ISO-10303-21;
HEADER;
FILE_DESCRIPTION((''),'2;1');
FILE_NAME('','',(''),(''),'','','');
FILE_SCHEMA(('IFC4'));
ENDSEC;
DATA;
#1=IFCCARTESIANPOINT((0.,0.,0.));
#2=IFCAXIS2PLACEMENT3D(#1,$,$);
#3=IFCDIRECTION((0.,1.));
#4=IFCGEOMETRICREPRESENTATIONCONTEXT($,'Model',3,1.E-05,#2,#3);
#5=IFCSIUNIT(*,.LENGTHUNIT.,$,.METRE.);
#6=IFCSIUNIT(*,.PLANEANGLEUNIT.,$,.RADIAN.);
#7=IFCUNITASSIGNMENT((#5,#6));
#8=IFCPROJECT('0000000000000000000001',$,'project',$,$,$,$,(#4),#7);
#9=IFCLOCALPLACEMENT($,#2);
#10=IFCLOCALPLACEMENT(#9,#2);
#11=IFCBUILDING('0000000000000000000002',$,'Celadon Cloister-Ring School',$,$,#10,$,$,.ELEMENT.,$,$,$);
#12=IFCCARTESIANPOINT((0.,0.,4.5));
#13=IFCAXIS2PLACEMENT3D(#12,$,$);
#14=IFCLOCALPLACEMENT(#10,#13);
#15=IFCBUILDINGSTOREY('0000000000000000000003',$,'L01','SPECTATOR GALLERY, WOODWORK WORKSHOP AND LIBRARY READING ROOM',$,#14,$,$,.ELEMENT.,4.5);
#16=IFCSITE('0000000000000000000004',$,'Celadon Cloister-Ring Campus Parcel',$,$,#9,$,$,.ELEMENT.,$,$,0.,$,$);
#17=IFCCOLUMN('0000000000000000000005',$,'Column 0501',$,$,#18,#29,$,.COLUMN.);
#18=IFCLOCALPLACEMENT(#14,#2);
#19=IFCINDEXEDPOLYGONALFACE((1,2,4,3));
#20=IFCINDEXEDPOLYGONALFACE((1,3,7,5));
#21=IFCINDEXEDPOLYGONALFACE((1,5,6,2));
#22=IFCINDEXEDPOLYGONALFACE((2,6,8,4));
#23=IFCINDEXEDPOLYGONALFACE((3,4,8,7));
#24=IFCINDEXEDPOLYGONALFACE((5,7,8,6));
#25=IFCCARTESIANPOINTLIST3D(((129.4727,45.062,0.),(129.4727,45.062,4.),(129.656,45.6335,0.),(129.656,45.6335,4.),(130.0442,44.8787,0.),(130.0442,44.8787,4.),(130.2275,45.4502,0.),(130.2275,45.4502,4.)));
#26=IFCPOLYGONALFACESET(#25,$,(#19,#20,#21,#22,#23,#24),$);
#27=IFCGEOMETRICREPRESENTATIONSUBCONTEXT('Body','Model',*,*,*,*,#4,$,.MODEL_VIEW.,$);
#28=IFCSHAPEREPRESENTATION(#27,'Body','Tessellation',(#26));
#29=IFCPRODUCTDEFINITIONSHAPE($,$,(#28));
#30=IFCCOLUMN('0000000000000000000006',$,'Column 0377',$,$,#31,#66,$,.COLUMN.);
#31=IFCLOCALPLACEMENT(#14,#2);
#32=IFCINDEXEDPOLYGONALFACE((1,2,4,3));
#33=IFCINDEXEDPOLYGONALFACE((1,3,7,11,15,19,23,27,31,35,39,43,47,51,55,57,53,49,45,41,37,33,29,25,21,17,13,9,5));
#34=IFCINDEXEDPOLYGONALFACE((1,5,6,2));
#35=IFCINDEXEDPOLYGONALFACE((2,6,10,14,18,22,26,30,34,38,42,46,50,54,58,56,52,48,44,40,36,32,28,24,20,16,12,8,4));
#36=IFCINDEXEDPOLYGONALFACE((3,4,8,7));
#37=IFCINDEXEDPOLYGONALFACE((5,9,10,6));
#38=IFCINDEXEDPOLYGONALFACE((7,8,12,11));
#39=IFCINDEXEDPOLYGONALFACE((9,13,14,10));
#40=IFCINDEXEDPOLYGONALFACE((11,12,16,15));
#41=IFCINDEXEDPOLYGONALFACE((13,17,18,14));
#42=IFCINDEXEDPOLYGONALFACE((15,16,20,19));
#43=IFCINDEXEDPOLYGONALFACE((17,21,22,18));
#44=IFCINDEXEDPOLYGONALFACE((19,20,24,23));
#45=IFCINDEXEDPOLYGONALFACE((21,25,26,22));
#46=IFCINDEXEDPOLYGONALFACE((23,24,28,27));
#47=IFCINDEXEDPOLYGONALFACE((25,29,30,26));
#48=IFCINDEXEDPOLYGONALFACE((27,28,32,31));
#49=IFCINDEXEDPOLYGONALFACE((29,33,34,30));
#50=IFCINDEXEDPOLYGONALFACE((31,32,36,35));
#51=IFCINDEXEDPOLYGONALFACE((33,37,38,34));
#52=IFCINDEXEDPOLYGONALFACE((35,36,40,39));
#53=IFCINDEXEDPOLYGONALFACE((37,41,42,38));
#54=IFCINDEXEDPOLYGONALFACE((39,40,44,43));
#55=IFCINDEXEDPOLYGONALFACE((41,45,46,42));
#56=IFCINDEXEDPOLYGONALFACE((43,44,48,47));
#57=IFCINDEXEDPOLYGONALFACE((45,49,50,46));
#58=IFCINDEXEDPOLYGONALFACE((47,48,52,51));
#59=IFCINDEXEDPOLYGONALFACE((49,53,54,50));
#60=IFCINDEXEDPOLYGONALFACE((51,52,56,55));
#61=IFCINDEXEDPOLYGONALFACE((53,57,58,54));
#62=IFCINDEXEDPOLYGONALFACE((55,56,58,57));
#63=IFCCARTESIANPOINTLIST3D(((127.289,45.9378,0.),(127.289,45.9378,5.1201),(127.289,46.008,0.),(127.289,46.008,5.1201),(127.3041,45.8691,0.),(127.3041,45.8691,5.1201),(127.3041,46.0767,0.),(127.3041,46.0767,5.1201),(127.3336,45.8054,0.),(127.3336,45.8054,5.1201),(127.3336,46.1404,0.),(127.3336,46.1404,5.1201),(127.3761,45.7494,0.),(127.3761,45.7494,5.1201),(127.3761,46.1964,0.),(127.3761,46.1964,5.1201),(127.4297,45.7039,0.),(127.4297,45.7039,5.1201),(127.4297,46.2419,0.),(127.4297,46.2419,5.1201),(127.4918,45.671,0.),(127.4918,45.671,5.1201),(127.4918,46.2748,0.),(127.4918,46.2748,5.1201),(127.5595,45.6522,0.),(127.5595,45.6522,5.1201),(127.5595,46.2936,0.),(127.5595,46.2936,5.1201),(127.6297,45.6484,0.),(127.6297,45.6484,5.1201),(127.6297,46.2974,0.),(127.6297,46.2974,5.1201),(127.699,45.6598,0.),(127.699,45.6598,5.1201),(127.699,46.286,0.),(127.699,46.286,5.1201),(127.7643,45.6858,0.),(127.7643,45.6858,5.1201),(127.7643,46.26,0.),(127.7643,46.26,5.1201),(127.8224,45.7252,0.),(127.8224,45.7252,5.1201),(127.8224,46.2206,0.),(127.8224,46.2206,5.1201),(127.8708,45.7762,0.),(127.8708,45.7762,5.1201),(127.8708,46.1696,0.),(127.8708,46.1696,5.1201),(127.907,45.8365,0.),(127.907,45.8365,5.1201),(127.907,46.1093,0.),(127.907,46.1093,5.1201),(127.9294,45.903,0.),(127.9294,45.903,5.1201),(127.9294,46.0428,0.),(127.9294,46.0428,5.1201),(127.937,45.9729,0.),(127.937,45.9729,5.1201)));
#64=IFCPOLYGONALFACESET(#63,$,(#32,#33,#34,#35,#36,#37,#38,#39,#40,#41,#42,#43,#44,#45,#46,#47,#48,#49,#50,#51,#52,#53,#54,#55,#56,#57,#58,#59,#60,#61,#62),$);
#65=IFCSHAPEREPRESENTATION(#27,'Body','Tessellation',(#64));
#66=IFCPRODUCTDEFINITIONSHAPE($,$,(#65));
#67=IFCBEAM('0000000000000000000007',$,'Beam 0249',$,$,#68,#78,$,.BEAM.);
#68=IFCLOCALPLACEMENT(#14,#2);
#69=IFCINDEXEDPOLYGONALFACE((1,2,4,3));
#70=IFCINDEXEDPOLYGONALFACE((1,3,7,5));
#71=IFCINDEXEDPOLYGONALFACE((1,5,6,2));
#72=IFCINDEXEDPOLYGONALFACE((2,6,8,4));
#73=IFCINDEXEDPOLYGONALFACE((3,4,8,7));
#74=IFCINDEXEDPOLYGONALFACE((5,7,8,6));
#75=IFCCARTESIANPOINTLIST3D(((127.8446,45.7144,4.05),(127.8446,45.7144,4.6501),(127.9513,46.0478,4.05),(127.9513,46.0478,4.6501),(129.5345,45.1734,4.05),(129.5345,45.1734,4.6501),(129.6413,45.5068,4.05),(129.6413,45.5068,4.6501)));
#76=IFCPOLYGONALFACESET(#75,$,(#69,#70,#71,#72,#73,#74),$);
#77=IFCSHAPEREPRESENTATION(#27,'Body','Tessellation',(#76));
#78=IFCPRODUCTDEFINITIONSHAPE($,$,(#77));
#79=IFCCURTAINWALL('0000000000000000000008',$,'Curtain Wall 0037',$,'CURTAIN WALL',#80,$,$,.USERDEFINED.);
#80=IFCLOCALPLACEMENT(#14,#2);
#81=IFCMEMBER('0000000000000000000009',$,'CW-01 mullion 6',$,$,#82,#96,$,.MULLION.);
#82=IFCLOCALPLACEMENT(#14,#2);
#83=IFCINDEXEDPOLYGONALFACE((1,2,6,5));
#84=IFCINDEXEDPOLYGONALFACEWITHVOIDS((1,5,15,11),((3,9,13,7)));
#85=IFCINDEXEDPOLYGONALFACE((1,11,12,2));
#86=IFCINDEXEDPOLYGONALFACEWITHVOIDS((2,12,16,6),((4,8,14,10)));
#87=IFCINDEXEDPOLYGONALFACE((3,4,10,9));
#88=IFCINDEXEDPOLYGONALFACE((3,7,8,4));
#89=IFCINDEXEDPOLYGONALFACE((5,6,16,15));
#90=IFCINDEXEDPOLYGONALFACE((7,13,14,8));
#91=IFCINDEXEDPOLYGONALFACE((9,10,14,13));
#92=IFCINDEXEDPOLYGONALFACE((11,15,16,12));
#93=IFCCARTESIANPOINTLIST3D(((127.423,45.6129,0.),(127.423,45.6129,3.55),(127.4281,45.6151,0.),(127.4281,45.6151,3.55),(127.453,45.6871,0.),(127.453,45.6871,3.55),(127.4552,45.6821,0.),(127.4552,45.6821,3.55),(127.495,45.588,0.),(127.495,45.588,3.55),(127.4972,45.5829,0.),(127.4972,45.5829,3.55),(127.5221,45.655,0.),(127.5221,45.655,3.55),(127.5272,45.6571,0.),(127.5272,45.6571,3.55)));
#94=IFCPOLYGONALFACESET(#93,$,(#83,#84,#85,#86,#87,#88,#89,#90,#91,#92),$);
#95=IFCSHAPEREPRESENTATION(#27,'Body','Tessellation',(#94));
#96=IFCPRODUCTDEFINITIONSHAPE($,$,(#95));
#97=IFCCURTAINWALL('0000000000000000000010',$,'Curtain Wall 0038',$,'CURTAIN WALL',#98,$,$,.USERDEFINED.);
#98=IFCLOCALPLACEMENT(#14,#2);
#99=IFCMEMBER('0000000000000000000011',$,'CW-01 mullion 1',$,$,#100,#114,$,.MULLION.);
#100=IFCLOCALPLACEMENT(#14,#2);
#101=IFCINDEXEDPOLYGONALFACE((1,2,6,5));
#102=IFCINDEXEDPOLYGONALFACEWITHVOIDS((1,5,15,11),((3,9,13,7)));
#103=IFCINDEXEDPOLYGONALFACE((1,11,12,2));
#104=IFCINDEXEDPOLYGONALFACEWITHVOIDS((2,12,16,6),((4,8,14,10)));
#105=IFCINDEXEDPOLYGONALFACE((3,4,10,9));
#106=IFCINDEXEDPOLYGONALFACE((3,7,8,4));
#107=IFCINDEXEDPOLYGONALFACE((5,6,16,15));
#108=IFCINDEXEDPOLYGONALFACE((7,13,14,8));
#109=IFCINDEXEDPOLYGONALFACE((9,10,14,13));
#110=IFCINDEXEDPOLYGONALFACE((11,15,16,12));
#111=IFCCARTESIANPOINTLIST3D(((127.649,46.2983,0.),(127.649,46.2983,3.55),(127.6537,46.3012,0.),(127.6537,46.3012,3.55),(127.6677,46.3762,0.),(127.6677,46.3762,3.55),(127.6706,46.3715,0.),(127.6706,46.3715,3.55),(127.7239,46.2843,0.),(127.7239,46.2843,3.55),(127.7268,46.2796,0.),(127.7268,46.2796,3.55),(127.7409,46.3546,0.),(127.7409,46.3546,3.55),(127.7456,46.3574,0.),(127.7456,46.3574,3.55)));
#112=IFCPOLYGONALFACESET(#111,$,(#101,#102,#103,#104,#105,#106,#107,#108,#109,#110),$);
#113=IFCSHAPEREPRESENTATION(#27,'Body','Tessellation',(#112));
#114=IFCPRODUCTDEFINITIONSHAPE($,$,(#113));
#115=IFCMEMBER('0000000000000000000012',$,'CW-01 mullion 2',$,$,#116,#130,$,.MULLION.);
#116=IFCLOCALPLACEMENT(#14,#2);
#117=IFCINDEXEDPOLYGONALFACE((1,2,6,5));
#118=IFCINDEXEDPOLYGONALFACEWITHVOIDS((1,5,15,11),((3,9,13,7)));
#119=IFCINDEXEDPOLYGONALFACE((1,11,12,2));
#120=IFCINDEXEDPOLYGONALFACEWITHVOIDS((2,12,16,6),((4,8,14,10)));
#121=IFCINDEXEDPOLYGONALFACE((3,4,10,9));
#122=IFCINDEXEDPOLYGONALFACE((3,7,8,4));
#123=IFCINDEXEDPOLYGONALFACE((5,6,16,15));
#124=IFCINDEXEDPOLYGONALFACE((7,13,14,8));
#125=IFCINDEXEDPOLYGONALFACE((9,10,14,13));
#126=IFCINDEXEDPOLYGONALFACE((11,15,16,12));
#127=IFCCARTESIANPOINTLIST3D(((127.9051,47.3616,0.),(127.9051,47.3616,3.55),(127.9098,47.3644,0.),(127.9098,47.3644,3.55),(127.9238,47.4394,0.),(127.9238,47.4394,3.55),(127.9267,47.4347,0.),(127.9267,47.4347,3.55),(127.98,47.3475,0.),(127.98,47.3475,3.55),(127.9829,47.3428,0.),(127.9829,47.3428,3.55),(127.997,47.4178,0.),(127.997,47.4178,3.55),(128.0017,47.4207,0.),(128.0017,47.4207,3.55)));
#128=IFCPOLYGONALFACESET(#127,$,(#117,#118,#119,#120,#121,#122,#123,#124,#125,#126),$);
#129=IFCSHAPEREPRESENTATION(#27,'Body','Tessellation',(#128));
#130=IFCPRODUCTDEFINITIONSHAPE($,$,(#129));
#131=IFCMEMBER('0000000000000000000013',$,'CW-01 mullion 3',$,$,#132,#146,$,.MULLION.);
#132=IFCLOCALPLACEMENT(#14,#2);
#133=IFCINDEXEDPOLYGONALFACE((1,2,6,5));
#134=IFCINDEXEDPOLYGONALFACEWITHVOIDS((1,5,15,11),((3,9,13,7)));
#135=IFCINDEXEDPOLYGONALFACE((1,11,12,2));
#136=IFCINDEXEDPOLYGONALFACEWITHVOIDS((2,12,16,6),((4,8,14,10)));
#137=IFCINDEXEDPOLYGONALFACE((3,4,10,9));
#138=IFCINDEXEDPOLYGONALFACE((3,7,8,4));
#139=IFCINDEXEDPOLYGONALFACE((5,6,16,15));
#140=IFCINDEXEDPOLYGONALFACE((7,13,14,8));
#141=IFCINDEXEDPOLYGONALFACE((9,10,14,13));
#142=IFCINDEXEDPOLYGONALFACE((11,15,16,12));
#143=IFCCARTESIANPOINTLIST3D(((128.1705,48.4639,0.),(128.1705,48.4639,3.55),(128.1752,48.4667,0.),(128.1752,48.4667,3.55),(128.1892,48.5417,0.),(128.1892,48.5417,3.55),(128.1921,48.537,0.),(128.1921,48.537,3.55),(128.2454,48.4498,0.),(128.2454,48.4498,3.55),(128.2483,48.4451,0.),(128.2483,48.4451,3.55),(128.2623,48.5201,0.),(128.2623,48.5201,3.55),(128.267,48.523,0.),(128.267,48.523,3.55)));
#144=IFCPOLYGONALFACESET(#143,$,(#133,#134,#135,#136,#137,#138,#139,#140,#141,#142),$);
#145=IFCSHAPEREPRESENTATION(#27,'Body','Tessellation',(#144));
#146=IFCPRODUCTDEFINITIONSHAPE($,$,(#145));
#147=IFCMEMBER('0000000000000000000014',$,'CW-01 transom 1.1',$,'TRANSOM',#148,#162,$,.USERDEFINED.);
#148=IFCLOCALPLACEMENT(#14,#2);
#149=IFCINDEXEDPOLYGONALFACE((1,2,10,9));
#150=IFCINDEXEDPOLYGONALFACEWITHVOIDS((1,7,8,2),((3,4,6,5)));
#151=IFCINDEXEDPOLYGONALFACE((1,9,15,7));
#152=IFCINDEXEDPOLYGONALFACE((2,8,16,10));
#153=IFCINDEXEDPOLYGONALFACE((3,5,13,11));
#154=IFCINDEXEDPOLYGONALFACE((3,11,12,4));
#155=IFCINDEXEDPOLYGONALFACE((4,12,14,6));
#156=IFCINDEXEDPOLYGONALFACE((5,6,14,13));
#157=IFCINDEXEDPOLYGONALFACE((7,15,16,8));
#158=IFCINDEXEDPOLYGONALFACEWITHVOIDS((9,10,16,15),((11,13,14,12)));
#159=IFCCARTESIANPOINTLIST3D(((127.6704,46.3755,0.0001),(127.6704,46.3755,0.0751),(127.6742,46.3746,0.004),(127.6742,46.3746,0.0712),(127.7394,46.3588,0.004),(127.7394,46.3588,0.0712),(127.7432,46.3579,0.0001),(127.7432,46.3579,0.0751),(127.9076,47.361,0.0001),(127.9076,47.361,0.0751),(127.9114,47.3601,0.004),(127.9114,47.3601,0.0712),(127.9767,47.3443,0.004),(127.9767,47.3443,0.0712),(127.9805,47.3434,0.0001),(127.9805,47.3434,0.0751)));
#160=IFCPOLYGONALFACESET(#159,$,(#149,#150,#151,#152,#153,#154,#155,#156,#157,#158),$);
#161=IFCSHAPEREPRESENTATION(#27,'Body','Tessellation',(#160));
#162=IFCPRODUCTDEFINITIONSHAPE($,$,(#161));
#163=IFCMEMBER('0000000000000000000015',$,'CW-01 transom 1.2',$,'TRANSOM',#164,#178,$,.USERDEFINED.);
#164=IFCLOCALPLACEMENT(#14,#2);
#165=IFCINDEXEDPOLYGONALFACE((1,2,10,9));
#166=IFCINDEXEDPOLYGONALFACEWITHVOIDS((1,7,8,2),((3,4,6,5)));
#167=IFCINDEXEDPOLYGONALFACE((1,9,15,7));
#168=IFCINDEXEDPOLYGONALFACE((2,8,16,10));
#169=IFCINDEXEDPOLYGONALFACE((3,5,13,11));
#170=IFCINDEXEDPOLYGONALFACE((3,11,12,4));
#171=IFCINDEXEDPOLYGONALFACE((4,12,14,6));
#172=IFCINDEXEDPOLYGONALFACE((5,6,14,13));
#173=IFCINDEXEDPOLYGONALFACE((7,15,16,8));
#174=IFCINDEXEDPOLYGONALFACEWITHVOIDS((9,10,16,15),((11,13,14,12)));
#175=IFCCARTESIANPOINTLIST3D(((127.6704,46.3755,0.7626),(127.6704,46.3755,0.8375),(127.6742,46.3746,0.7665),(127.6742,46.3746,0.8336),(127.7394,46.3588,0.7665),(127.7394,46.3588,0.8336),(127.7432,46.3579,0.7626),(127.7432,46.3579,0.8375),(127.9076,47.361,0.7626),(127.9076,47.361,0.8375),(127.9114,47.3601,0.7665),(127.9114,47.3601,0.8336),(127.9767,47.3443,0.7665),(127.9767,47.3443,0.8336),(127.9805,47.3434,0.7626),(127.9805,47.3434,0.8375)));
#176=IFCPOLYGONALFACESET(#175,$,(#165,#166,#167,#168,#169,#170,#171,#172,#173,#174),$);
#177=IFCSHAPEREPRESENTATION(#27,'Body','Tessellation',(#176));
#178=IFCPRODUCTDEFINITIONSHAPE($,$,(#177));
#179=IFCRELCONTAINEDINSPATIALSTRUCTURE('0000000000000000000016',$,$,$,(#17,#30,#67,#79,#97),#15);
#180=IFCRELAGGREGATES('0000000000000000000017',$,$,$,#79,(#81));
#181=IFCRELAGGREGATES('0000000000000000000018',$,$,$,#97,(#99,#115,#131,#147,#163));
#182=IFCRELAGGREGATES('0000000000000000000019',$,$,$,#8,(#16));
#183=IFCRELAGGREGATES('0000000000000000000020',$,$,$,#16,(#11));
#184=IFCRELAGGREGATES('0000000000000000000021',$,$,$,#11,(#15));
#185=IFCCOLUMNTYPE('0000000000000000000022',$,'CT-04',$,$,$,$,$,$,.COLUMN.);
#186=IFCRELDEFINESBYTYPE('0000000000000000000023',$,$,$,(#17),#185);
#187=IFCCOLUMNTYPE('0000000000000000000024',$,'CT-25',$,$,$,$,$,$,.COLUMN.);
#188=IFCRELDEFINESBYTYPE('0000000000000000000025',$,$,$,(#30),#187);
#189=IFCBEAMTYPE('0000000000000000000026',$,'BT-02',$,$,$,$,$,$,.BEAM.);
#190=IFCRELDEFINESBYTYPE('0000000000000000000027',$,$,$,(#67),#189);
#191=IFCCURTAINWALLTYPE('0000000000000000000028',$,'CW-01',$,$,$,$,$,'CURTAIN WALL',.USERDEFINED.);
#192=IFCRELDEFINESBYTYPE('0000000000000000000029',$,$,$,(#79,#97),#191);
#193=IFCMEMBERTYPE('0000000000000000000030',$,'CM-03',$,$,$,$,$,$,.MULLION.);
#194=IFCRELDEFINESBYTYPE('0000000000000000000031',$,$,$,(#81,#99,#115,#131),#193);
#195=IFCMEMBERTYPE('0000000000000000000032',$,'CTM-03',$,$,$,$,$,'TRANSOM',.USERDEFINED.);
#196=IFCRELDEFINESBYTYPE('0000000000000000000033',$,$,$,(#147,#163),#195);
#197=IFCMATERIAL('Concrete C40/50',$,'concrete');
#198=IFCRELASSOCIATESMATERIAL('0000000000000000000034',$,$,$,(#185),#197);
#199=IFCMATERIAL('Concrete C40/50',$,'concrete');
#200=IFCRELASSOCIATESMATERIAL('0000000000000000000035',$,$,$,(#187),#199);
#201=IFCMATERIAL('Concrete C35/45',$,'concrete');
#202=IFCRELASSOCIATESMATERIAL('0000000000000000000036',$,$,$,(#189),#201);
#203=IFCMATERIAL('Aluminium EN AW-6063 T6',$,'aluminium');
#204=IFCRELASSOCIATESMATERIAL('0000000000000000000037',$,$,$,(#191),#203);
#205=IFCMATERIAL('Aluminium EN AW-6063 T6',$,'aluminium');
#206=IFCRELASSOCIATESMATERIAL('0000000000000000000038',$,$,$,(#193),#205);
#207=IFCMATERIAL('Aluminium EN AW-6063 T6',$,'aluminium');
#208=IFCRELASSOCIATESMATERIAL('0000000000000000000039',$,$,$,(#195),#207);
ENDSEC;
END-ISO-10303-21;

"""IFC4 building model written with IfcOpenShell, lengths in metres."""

from ifc_helpers import new_model, si_unit, direction, frame, origin, origin_2d, place, context, subcontext, project, spatial, rectangle, hollow_rectangle, circle, extrude, material, material_profile, profile_set, type_object, element, aggregate, save


model = new_model("IFC4")

# Units and contexts
model_context = context("Model", 3, precision=1e-05, world=origin(), true_north=direction((0.0, 1.0)))
body_context = subcontext(model_context, "Body", "Model", "MODEL_VIEW")
ifc_project = project(units=[si_unit("LENGTHUNIT", "METRE"), si_unit("PLANEANGLEUNIT", "RADIAN")], contexts=[model_context])

# Site, building, storey
site_placement = place(None, origin())
site = spatial("IfcSite", under=ifc_project, at=site_placement, Name="Celadon Cloister-Ring Campus Parcel", CompositionType="ELEMENT", RefElevation=0.0)
building_placement = place(site_placement, origin())
building = spatial("IfcBuilding", under=site, at=building_placement, Name="Celadon Cloister-Ring School", CompositionType="ELEMENT")
storey_placement = place(building_placement, frame((0.0, 0.0, 4.5)))
storey = spatial("IfcBuildingStorey", under=building, at=storey_placement, Name="L01", Description="SPECTATOR GALLERY, WOODWORK WORKSHOP AND LIBRARY READING ROOM", CompositionType="ELEMENT", Elevation=4.5)

# Columns
ifc_material_1 = material(Name="Concrete C40/50", Category="concrete")
ifc_material_profile_1 = material_profile(ifc_material_1, rectangle(XDim=0.6001, YDim=0.6001, at=origin_2d()), Name="RC600X600")
ifc_profile_set_1 = profile_set([ifc_material_profile_1], Name="Concrete C40/50")
column_type_1 = type_object("IfcColumnType", Name="CT-04", PredefinedType="COLUMN", material=ifc_profile_set_1)
column_1_placement = place(storey_placement, frame((129.8501, 45.2561, 0.0), z_axis=(0.0, 0.0, 1.0), x_axis=(0.952215, -0.305429, 0.0)))
element("IfcColumn", 1, at=column_1_placement, inside=storey, type_object=column_type_1, Name="Column 0501", PredefinedType="COLUMN", context=body_context, shape_type="SweptSolid", body=[
    extrude(rectangle(XDim=0.6001, YDim=0.6001, at=origin_2d()), origin(), (0.0, 0.0, 1.0), 4.0),
])
ifc_material_2 = material(Name="Concrete C40/50", Category="concrete")
ifc_material_profile_2 = material_profile(ifc_material_2, circle(Radius=0.325, at=origin_2d()), Name="CIRC650")
ifc_profile_set_2 = profile_set([ifc_material_profile_2], Name="Concrete C40/50")
column_type_2 = type_object("IfcColumnType", Name="CT-25", PredefinedType="COLUMN", material=ifc_profile_set_2)
column_2_placement = place(storey_placement, frame((127.6121, 45.9729, 0.0), z_axis=(0.0, 0.0, 1.0), x_axis=(1.0, 0.0, 0.0)))
element("IfcColumn", 2, at=column_2_placement, inside=storey, type_object=column_type_2, Name="Column 0377", PredefinedType="COLUMN", context=body_context, shape_type="SweptSolid", body=[
    extrude(circle(Radius=0.325, at=origin_2d()), origin(), (0.0, 0.0, 1.0), 5.1201),
])

# Beam
ifc_material_3 = material(Name="Concrete C35/45", Category="concrete")
ifc_material_profile_3 = material_profile(ifc_material_3, rectangle(XDim=0.3501, YDim=0.6001, at=origin_2d()), Name="RC350X600")
ifc_profile_set_3 = profile_set([ifc_material_profile_3], Name="Concrete C35/45")
beam_type_1 = type_object("IfcBeamType", Name="BT-02", PredefinedType="BEAM", material=ifc_profile_set_3)
beam_1_placement = place(storey_placement, frame((129.5879, 45.3401, 4.3501), z_axis=(-0.952386, 0.304896, 0.0), x_axis=(-0.304896, -0.952386, 0.0)))
element("IfcBeam", 3, at=beam_1_placement, inside=storey, type_object=beam_type_1, Name="Beam 0249", PredefinedType="BEAM", context=body_context, shape_type="SweptSolid", body=[
    extrude(rectangle(XDim=0.3501, YDim=0.6001, at=origin_2d()), origin(), (0.0, 0.0, 1.0), 1.7744),
])

# Curtain wall, member
ifc_material_4 = material(Name="Aluminium EN AW-6063 T6", Category="aluminium")
curtain_wall_type = type_object("IfcCurtainWallType", Name="CW-01", ElementType="CURTAIN WALL", PredefinedType="USERDEFINED", material=ifc_material_4)
curtain_wall_1_placement = place(storey_placement, origin())
curtain_wall_1 = element("IfcCurtainWall", 4, at=curtain_wall_1_placement, inside=storey, type_object=curtain_wall_type, Name="Curtain Wall 0037", ObjectType="CURTAIN WALL", PredefinedType="USERDEFINED")
ifc_material_5 = material(Name="Aluminium EN AW-6063 T6", Category="aluminium")
ifc_material_profile_4 = material_profile(ifc_material_5, hollow_rectangle(XDim=0.0801, YDim=0.0801, WallThickness=0.0039, at=origin_2d()), Name="RHS80X80X4")
ifc_profile_set_4 = profile_set([ifc_material_profile_4], Name="Aluminium EN AW-6063 T6")
member_type_1 = type_object("IfcMemberType", Name="CM-03", PredefinedType="MULLION", material=ifc_profile_set_4)
member_1_placement = place(storey_placement, frame((127.4751, 45.635, 0.0), z_axis=(0.0, 0.0, 1.0), x_axis=(-0.92701, 0.375038, 0.0)))
member_1 = element("IfcMember", 5, at=member_1_placement, type_object=member_type_1, Name="CW-01 mullion 6", PredefinedType="MULLION", context=body_context, shape_type="SweptSolid", body=[
    extrude(hollow_rectangle(XDim=0.0801, YDim=0.0801, WallThickness=0.0039, at=origin_2d()), origin(), (0.0, 0.0, 1.0), 3.55),
])

# Curtain wall, members
curtain_wall_2_placement = place(storey_placement, origin())
curtain_wall_2 = element("IfcCurtainWall", 6, at=curtain_wall_2_placement, inside=storey, type_object=curtain_wall_type, Name="Curtain Wall 0038", ObjectType="CURTAIN WALL", PredefinedType="USERDEFINED")
member_2_placement = place(storey_placement, frame((127.6973, 46.3279, 0.0), z_axis=(0.0, 0.0, 1.0), x_axis=(-0.972212, 0.2341, 0.0)))
member_2 = element("IfcMember", 7, at=member_2_placement, type_object=member_type_1, Name="CW-01 mullion 1", PredefinedType="MULLION", context=body_context, shape_type="SweptSolid", body=[
    extrude(hollow_rectangle(XDim=0.0801, YDim=0.0801, WallThickness=0.0039, at=origin_2d()), origin(), (0.0, 0.0, 1.0), 3.55),
])
member_3_placement = place(storey_placement, frame((127.9534, 47.3911, 0.0), z_axis=(0.0, 0.0, 1.0), x_axis=(-0.972212, 0.2341, 0.0)))
member_3 = element("IfcMember", 8, at=member_3_placement, type_object=member_type_1, Name="CW-01 mullion 2", PredefinedType="MULLION", context=body_context, shape_type="SweptSolid", body=[
    extrude(hollow_rectangle(XDim=0.0801, YDim=0.0801, WallThickness=0.0039, at=origin_2d()), origin(), (0.0, 0.0, 1.0), 3.55),
])
member_4_placement = place(storey_placement, frame((128.2188, 48.4934, 0.0), z_axis=(0.0, 0.0, 1.0), x_axis=(-0.972212, 0.2341, 0.0)))
member_4 = element("IfcMember", 9, at=member_4_placement, type_object=member_type_1, Name="CW-01 mullion 3", PredefinedType="MULLION", context=body_context, shape_type="SweptSolid", body=[
    extrude(hollow_rectangle(XDim=0.0801, YDim=0.0801, WallThickness=0.0039, at=origin_2d()), origin(), (0.0, 0.0, 1.0), 3.55),
])
ifc_material_6 = material(Name="Aluminium EN AW-6063 T6", Category="aluminium")
ifc_material_profile_5 = material_profile(ifc_material_6, hollow_rectangle(XDim=0.075, YDim=0.075, WallThickness=0.0039, at=origin_2d()), Name="RHS75X75X4")
ifc_profile_set_5 = profile_set([ifc_material_profile_5], Name="Aluminium EN AW-6063 T6")
member_type_2 = type_object("IfcMemberType", Name="CTM-03", ElementType="TRANSOM", PredefinedType="USERDEFINED", material=ifc_profile_set_5)
member_5_placement = place(storey_placement, frame((127.7068, 46.3667, 0.0376), z_axis=(0.234083, 0.972217, 0.0), x_axis=(-0.972217, 0.234083, 0.0)))
member_5 = element("IfcMember", 10, at=member_5_placement, type_object=member_type_2, Name="CW-01 transom 1.1", ObjectType="TRANSOM", PredefinedType="USERDEFINED", context=body_context, shape_type="SweptSolid", body=[
    extrude(hollow_rectangle(XDim=0.075, YDim=0.075, WallThickness=0.0039, at=origin_2d()), origin(), (0.0, 0.0, 1.0), 1.0137),
])
member_6_placement = place(storey_placement, frame((127.7068, 46.3667, 0.8), z_axis=(0.234083, 0.972217, 0.0), x_axis=(-0.972217, 0.234083, 0.0)))
member_6 = element("IfcMember", 11, at=member_6_placement, type_object=member_type_2, Name="CW-01 transom 1.2", ObjectType="TRANSOM", PredefinedType="USERDEFINED", context=body_context, shape_type="SweptSolid", body=[
    extrude(hollow_rectangle(XDim=0.075, YDim=0.075, WallThickness=0.0039, at=origin_2d()), origin(), (0.0, 0.0, 1.0), 1.0137),
])

aggregate(curtain_wall_1, [member_1])
aggregate(curtain_wall_2, [member_2, member_3, member_4, member_5, member_6])

save(model, "model.ifc")
